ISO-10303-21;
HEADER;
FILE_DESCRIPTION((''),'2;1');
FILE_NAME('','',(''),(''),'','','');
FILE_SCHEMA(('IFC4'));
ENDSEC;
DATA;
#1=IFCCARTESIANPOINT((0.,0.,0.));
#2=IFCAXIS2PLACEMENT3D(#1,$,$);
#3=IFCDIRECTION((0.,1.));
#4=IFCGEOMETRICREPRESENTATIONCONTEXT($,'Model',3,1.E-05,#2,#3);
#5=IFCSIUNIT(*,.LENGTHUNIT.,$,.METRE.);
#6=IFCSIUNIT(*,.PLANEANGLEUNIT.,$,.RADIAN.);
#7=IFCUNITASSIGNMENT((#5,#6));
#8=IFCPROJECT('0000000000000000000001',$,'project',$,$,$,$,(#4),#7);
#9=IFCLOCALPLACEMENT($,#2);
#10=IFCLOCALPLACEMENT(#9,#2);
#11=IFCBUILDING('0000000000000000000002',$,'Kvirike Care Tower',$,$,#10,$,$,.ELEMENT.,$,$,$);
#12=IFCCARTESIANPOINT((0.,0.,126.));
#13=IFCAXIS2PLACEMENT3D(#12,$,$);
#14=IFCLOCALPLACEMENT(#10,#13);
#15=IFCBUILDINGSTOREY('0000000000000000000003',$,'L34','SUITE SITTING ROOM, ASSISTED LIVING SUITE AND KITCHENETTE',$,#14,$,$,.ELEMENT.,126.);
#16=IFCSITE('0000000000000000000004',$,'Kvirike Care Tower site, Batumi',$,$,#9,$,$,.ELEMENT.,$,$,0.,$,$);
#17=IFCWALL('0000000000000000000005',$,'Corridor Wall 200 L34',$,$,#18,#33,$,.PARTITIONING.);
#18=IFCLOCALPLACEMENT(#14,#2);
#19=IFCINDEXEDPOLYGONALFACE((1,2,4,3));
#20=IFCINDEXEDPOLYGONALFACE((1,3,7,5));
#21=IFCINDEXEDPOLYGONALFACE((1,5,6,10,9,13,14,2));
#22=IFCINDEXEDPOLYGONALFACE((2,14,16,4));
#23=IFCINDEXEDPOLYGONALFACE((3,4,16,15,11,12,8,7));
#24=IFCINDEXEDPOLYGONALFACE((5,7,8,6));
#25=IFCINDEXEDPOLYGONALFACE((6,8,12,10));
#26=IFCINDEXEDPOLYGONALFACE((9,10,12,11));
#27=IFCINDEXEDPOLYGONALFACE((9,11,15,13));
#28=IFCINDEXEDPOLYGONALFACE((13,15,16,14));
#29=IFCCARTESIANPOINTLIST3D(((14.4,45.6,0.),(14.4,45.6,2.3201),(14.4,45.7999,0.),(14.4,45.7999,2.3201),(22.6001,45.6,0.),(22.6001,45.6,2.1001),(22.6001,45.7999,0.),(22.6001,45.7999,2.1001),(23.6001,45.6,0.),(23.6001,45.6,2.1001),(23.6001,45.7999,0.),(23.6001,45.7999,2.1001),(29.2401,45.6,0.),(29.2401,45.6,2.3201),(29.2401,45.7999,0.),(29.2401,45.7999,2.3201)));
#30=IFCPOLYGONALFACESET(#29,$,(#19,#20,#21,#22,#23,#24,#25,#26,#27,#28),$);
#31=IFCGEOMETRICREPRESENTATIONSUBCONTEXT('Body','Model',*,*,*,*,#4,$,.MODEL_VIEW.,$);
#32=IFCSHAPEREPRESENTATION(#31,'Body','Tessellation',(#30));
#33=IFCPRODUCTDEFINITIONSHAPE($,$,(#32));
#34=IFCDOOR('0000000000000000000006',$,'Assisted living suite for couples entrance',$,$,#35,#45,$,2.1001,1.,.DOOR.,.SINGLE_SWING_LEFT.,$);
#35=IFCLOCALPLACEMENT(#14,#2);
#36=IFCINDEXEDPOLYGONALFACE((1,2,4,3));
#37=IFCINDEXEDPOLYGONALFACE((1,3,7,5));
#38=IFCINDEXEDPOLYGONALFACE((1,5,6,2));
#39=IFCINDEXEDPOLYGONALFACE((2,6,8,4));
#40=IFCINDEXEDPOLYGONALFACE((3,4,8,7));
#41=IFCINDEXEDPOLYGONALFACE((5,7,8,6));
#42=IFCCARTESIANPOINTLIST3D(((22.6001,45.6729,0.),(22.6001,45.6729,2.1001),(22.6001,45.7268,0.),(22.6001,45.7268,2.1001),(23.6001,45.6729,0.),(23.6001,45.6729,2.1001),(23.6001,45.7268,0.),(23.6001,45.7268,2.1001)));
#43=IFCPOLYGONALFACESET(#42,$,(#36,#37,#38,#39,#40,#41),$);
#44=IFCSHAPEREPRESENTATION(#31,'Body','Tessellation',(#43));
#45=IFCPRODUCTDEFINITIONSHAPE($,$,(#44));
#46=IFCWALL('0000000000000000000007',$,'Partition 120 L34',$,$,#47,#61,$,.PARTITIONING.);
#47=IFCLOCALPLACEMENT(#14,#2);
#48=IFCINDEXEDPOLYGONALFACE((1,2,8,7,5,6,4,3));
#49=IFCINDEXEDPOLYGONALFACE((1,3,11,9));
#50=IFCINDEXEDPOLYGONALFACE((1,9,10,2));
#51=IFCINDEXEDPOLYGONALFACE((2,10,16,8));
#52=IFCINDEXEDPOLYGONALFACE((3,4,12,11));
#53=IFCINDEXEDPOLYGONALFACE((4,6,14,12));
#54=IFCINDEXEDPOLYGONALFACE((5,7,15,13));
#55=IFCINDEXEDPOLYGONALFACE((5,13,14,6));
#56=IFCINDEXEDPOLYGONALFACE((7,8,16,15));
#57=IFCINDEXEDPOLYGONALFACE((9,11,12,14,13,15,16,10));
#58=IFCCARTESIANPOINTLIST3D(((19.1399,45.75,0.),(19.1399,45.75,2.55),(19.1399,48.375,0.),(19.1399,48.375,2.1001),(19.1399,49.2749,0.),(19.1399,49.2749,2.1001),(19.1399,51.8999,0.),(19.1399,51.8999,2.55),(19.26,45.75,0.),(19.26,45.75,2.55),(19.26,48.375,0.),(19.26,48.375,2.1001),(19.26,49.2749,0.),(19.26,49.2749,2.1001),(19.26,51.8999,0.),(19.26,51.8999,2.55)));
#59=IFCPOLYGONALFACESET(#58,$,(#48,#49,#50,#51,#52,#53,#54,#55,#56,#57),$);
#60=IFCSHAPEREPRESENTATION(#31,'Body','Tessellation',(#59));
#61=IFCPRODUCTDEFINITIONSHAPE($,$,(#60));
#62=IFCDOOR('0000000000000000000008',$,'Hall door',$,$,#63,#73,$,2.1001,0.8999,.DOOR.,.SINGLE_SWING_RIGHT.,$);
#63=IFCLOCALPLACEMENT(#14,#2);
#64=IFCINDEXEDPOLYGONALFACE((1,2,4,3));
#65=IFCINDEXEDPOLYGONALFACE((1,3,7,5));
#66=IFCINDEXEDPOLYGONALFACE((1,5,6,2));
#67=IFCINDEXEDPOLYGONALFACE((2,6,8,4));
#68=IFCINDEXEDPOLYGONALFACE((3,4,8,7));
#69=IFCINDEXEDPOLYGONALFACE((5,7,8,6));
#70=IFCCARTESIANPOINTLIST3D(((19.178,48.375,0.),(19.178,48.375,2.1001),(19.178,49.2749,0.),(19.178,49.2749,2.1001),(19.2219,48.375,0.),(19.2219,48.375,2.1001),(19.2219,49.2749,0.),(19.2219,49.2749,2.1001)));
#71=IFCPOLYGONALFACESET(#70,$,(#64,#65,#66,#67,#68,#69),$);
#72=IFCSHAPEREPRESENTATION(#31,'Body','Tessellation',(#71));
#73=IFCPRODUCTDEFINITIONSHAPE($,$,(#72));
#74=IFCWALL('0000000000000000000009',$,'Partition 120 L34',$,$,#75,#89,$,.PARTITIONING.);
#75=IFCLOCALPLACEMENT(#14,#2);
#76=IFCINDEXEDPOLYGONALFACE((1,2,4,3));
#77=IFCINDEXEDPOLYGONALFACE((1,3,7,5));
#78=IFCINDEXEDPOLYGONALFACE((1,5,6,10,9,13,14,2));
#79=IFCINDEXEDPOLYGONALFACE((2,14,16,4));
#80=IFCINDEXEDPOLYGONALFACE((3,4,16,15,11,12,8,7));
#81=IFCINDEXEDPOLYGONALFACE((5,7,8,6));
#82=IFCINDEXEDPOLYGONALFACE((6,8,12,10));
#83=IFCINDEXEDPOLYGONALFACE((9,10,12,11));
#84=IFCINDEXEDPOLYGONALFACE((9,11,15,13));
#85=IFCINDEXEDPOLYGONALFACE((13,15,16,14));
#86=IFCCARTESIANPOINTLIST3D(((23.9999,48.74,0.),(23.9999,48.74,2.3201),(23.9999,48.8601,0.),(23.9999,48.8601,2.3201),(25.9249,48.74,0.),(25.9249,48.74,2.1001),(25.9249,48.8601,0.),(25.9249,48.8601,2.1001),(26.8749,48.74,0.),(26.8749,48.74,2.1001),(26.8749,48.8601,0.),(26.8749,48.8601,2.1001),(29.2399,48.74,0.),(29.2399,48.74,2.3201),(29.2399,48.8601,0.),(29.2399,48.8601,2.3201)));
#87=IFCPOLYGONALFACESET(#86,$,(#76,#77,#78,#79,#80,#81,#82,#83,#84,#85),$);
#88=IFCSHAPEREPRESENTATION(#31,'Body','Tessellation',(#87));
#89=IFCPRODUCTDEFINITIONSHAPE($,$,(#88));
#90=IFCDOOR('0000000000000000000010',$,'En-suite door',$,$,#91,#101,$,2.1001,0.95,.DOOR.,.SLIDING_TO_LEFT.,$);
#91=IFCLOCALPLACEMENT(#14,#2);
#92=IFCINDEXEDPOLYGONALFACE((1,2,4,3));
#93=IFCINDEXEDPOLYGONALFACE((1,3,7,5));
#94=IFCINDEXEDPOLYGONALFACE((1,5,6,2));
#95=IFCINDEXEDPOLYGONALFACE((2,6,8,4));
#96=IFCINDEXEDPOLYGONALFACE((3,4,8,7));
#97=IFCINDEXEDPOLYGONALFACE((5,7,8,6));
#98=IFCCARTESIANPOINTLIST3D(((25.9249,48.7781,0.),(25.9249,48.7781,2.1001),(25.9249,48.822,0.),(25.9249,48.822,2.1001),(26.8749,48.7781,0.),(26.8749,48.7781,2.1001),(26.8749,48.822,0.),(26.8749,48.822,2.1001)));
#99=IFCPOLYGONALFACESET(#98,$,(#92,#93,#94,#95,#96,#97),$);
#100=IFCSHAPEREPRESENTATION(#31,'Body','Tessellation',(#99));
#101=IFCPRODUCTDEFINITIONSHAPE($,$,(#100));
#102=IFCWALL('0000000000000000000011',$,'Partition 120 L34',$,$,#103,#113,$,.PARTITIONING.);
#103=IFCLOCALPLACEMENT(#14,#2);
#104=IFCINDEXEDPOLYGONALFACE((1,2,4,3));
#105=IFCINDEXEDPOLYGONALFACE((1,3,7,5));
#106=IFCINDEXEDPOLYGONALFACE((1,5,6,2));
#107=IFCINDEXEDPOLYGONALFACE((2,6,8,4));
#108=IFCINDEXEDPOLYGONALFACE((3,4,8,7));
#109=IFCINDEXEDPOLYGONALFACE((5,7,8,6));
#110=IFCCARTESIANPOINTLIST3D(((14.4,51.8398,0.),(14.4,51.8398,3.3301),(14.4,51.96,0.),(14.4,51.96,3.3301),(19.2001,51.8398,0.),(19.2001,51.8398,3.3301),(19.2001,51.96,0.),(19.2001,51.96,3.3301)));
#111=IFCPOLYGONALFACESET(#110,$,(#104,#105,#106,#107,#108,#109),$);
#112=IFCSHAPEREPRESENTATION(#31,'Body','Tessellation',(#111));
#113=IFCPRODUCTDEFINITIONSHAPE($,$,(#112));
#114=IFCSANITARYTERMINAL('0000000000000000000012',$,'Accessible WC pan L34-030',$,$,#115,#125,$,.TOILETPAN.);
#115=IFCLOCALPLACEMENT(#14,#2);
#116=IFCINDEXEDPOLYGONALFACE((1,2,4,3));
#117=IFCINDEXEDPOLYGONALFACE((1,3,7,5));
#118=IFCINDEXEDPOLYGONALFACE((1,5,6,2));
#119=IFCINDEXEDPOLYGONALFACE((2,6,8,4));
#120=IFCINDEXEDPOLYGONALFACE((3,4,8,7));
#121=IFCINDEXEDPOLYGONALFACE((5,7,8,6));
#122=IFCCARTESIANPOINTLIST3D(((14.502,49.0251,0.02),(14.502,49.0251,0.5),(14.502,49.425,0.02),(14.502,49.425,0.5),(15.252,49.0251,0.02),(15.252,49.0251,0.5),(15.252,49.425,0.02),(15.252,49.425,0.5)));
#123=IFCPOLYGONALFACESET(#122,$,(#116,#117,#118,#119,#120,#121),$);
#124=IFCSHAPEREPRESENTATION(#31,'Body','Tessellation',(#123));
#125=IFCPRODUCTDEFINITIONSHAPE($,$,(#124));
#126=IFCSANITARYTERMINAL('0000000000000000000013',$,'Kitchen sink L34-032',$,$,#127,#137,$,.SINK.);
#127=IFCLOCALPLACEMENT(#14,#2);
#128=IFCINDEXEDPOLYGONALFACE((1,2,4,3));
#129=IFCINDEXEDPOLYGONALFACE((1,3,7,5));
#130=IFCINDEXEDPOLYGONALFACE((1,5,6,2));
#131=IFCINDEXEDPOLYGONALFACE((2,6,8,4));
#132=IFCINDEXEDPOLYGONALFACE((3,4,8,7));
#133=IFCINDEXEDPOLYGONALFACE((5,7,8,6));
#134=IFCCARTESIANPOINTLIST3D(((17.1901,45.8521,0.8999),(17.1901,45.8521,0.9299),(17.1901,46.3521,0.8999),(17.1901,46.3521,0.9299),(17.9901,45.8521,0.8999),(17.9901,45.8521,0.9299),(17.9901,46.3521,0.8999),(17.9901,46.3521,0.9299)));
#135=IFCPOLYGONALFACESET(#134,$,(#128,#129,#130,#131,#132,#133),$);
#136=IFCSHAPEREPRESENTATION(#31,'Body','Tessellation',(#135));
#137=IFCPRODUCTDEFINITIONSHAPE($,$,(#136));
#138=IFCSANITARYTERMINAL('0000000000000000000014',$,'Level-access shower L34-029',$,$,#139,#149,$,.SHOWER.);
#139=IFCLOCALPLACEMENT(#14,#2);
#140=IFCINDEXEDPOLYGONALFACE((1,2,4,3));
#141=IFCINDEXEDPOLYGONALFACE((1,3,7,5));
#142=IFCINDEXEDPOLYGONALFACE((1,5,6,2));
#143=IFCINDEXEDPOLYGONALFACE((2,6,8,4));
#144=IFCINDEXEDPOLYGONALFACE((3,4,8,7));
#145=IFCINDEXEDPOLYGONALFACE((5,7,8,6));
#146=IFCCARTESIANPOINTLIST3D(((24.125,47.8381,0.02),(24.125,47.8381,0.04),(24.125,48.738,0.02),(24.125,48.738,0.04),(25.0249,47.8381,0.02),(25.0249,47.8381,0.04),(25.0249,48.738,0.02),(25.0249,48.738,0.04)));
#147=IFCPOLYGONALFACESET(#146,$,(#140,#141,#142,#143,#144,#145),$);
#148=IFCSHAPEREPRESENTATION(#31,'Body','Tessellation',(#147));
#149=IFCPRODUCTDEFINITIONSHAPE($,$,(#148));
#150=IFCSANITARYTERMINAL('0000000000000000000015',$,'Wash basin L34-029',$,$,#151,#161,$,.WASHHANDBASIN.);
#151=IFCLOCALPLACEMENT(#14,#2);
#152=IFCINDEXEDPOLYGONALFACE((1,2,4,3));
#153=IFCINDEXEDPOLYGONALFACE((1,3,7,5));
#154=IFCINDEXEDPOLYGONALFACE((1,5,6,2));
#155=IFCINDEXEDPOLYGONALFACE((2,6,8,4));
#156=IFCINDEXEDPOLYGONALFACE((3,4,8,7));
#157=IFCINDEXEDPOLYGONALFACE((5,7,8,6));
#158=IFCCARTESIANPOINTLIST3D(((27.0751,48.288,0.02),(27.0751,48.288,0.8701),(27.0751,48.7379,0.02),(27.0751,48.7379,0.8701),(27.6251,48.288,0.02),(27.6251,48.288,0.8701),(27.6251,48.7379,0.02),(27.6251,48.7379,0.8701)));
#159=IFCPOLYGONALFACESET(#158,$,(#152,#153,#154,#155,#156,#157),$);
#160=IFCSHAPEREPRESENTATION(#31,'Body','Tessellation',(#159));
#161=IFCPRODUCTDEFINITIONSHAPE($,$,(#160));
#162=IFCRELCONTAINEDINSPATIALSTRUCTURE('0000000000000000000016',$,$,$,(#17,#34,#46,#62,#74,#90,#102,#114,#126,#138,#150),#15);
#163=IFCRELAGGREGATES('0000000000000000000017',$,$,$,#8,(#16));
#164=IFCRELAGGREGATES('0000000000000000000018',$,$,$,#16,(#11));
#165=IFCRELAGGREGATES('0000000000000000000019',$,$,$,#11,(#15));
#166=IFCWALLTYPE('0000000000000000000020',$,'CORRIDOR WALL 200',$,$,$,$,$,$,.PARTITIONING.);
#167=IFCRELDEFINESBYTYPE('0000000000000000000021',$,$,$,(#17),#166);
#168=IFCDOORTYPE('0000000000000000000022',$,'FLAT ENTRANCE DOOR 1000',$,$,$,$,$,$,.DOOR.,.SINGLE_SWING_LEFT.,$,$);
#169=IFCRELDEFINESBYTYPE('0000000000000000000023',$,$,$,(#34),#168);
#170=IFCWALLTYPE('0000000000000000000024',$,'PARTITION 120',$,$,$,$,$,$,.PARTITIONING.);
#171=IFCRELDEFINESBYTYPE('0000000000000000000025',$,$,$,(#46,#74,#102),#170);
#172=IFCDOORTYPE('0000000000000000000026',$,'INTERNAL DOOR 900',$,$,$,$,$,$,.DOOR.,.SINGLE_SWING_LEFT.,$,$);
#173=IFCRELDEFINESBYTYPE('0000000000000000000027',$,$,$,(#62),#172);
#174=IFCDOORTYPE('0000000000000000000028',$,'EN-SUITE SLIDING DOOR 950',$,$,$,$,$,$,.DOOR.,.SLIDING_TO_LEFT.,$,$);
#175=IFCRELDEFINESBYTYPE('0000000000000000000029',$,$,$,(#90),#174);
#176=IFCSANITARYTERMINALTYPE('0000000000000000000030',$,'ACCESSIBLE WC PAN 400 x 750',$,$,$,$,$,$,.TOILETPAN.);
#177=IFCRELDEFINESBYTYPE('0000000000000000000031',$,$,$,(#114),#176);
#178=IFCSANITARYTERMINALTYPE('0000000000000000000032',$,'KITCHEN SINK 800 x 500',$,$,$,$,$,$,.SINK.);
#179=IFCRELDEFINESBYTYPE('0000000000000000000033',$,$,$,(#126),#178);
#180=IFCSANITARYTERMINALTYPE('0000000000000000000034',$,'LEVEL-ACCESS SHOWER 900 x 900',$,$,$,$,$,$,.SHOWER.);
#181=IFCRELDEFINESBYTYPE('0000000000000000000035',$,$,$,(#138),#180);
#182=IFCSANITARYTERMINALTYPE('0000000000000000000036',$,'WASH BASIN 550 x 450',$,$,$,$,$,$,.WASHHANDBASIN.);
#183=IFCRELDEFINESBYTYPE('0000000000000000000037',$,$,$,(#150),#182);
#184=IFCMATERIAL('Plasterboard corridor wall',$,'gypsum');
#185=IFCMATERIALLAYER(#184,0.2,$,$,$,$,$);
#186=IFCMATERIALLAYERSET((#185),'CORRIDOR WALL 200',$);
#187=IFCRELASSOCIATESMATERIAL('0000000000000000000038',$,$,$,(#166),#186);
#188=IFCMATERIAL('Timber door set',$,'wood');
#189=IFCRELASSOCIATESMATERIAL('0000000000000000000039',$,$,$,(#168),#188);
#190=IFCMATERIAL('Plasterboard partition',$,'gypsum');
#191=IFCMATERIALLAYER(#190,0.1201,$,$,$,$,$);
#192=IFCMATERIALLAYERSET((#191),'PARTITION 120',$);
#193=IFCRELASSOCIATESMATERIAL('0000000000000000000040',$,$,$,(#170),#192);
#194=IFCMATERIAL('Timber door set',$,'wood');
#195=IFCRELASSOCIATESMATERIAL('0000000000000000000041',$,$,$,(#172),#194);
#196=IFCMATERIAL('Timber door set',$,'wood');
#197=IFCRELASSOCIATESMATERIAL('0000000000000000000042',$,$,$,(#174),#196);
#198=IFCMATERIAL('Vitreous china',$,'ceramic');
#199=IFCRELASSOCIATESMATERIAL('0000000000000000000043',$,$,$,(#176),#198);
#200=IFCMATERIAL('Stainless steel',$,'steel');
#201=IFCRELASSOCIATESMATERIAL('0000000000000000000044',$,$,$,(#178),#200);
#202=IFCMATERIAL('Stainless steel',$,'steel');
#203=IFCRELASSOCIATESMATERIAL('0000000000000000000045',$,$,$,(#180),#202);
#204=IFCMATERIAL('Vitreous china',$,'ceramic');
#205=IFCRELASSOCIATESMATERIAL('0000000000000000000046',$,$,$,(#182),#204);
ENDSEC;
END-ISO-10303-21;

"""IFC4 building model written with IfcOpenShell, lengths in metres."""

from ifc_helpers import new_model, si_unit, direction, frame, frame_2d, origin, origin_2d, place, context, subcontext, project, spatial, rectangle, extrude, material, layer, layer_set, type_object, element, fill, save


model = new_model("IFC4")

# Units and contexts
model_context = context("Model", 3, precision=1e-05, world=origin(), true_north=direction((0.0, 1.0)))
body_context = subcontext(model_context, "Body", "Model", "MODEL_VIEW")
ifc_project = project(units=[si_unit("LENGTHUNIT", "METRE"), si_unit("PLANEANGLEUNIT", "RADIAN")], contexts=[model_context])

# Site, building, storey
site_placement = place(None, origin())
site = spatial("IfcSite", under=ifc_project, at=site_placement, Name="Kvirike Care Tower site, Batumi", CompositionType="ELEMENT", RefElevation=0.0)
building_placement = place(site_placement, origin())
building = spatial("IfcBuilding", under=site, at=building_placement, Name="Kvirike Care Tower", CompositionType="ELEMENT")
storey_placement = place(building_placement, frame((0.0, 0.0, 126.0)))
storey = spatial("IfcBuildingStorey", under=building, at=storey_placement, Name="L34", Description="SUITE SITTING ROOM, ASSISTED LIVING SUITE AND KITCHENETTE", CompositionType="ELEMENT", Elevation=126.0)

# Walls, openings, doors
ifc_material_1 = material(Name="Plasterboard corridor wall", Category="gypsum")
ifc_layer_1 = layer(ifc_material_1, 0.2)
ifc_layer_set_1 = layer_set([ifc_layer_1], Name="CORRIDOR WALL 200")
wall_type_1 = type_object("IfcWallType", Name="CORRIDOR WALL 200", PredefinedType="PARTITIONING", material=ifc_layer_set_1)
wall_1_placement = place(storey_placement, frame((29.24, 45.7, 0.0), z_axis=(0.0, 0.0, 1.0), x_axis=(-1.0, 0.0, 0.0)))
wall_1 = element("IfcWall", 1, at=wall_1_placement, inside=storey, type_object=wall_type_1, Name="Corridor Wall 200 L34", PredefinedType="PARTITIONING", context=body_context, shape_type="SweptSolid", body=[
    extrude(rectangle(XDim=14.8401, YDim=0.2, at=frame_2d((7.4199, 0.0))), origin(), (0.0, 0.0, 1.0), 2.3201),
])
opening_1_placement = place(wall_1_placement, frame((5.6399, 0.0, 0.0)))
opening_1 = element("IfcOpeningElement", 2, at=opening_1_placement, cuts=wall_1, PredefinedType="OPENING", context=body_context, shape_type="SweptSolid", body=[
    extrude(rectangle(XDim=1.0, YDim=2.1001, at=frame_2d((0.5, 1.05))), frame((0.0, 0.1106, 0.0), z_axis=(0.0, -1.0, 0.0), x_axis=(1.0, 0.0, 0.0)), (0.0, 0.0, 1.0), 0.2209),
])
ifc_material_2 = material(Name="Timber door set", Category="wood")
door_type_1 = type_object("IfcDoorType", Name="FLAT ENTRANCE DOOR 1000", OperationType="SINGLE_SWING_LEFT", PredefinedType="DOOR", material=ifc_material_2)
door_1_placement = place(opening_1_placement, frame((1.0, 0.0, 0.0), z_axis=(0.0, 0.0, 1.0), x_axis=(-1.0, 0.0, 0.0)))
door_1 = element("IfcDoor", 3, at=door_1_placement, inside=storey, type_object=door_type_1, Name="Assisted living suite for couples entrance", OperationType="SINGLE_SWING_LEFT", OverallHeight=2.1001, OverallWidth=1.0, PredefinedType="DOOR", context=body_context, shape_type="SweptSolid", body=[
    extrude(rectangle(XDim=1.0, YDim=2.1001, at=frame_2d((0.5, 1.05))), frame((0.0, 0.0269, 0.0), z_axis=(0.0, -1.0, 0.0), x_axis=(1.0, 0.0, 0.0)), (0.0, 0.0, 1.0), 0.054),
])
fill(opening_1, door_1)
ifc_material_3 = material(Name="Plasterboard partition", Category="gypsum")
ifc_layer_2 = layer(ifc_material_3, 0.1201)
ifc_layer_set_2 = layer_set([ifc_layer_2], Name="PARTITION 120")
wall_type_2 = type_object("IfcWallType", Name="PARTITION 120", PredefinedType="PARTITIONING", material=ifc_layer_set_2)
wall_2_placement = place(storey_placement, frame((19.2, 51.8999, 0.0), z_axis=(0.0, 0.0, 1.0), x_axis=(0.0, -1.0, 0.0)))
wall_2 = element("IfcWall", 4, at=wall_2_placement, inside=storey, type_object=wall_type_2, Name="Partition 120 L34", PredefinedType="PARTITIONING", context=body_context, shape_type="SweptSolid", body=[
    extrude(rectangle(XDim=6.1499, YDim=0.1201, at=frame_2d((3.075, 0.0))), origin(), (0.0, 0.0, 1.0), 2.55),
])
opening_2_placement = place(wall_2_placement, frame((2.625, 0.0, 0.0)))
opening_2 = element("IfcOpeningElement", 5, at=opening_2_placement, cuts=wall_2, PredefinedType="OPENING", context=body_context, shape_type="SweptSolid", body=[
    extrude(rectangle(XDim=0.8999, YDim=2.1001, at=frame_2d((0.45, 1.05))), frame((0.0, 0.0706, 0.0), z_axis=(0.0, -1.0, 0.0), x_axis=(1.0, 0.0, 0.0)), (0.0, 0.0, 1.0), 0.1411),
])
ifc_material_4 = material(Name="Timber door set", Category="wood")
door_type_2 = type_object("IfcDoorType", Name="INTERNAL DOOR 900", OperationType="SINGLE_SWING_LEFT", PredefinedType="DOOR", material=ifc_material_4)
door_2_placement = place(opening_2_placement, frame((0.8999, 0.0, 0.0), z_axis=(0.0, 0.0, 1.0), x_axis=(-1.0, 0.0, 0.0)))
door_2 = element("IfcDoor", 6, at=door_2_placement, inside=storey, type_object=door_type_2, Name="Hall door", OperationType="SINGLE_SWING_RIGHT", OverallHeight=2.1001, OverallWidth=0.8999, PredefinedType="DOOR", context=body_context, shape_type="SweptSolid", body=[
    extrude(rectangle(XDim=0.8999, YDim=2.1001, at=frame_2d((0.45, 1.05))), frame((0.0, 0.022, 0.0), z_axis=(0.0, -1.0, 0.0), x_axis=(1.0, 0.0, 0.0)), (0.0, 0.0, 1.0), 0.0439),
])
fill(opening_2, door_2)
wall_3_placement = place(storey_placement, frame((29.24, 48.8, 0.0), z_axis=(0.0, 0.0, 1.0), x_axis=(-1.0, 0.0, 0.0)))
wall_3 = element("IfcWall", 7, at=wall_3_placement, inside=storey, type_object=wall_type_2, Name="Partition 120 L34", PredefinedType="PARTITIONING", context=body_context, shape_type="SweptSolid", body=[
    extrude(rectangle(XDim=5.24, YDim=0.1201, at=frame_2d((2.6201, 0.0))), origin(), (0.0, 0.0, 1.0), 2.3201),
])
opening_3_placement = place(wall_3_placement, frame((2.365, 0.0, 0.0)))
opening_3 = element("IfcOpeningElement", 8, at=opening_3_placement, cuts=wall_3, PredefinedType="OPENING", context=body_context, shape_type="SweptSolid", body=[
    extrude(rectangle(XDim=0.95, YDim=2.1001, at=frame_2d((0.4751, 1.05))), frame((0.0, 0.0706, 0.0), z_axis=(0.0, -1.0, 0.0), x_axis=(1.0, 0.0, 0.0)), (0.0, 0.0, 1.0), 0.1411),
])
ifc_material_5 = material(Name="Timber door set", Category="wood")
door_type_3 = type_object("IfcDoorType", Name="EN-SUITE SLIDING DOOR 950", OperationType="SLIDING_TO_LEFT", PredefinedType="DOOR", material=ifc_material_5)
door_3_placement = place(opening_3_placement, origin())
door_3 = element("IfcDoor", 9, at=door_3_placement, inside=storey, type_object=door_type_3, Name="En-suite door", OperationType="SLIDING_TO_LEFT", OverallHeight=2.1001, OverallWidth=0.95, PredefinedType="DOOR", context=body_context, shape_type="SweptSolid", body=[
    extrude(rectangle(XDim=0.95, YDim=2.1001, at=frame_2d((0.4751, 1.05))), frame((0.0, 0.022, 0.0), z_axis=(0.0, -1.0, 0.0), x_axis=(1.0, 0.0, 0.0)), (0.0, 0.0, 1.0), 0.0439),
])
fill(opening_3, door_3)

# Wall
wall_4_placement = place(storey_placement, frame((19.2, 51.8999, 0.0), z_axis=(0.0, 0.0, 1.0), x_axis=(-1.0, 0.0, 0.0)))
element("IfcWall", 10, at=wall_4_placement, inside=storey, type_object=wall_type_2, Name="Partition 120 L34", PredefinedType="PARTITIONING", context=body_context, shape_type="SweptSolid", body=[
    extrude(rectangle(XDim=4.8, YDim=0.1201, at=frame_2d((2.3999, 0.0))), origin(), (0.0, 0.0, 1.0), 3.3301),
])

# Sanitary terminals
ifc_material_6 = material(Name="Vitreous china", Category="ceramic")
sanitary_terminal_type_1 = type_object("IfcSanitaryTerminalType", Name="ACCESSIBLE WC PAN 400 x 750", PredefinedType="TOILETPAN", material=ifc_material_6)
sanitary_terminal_1_placement = place(storey_placement, frame((14.877, 49.2251, 0.02), z_axis=(0.0, 0.0, 1.0), x_axis=(0.0, 1.0, 0.0)))
element("IfcSanitaryTerminal", 11, at=sanitary_terminal_1_placement, inside=storey, type_object=sanitary_terminal_type_1, Name="Accessible WC pan L34-030", PredefinedType="TOILETPAN", context=body_context, shape_type="SweptSolid", body=[
    extrude(rectangle(XDim=0.3999, YDim=0.75, at=origin_2d()), origin(), (0.0, 0.0, 1.0), 0.48),
])
ifc_material_7 = material(Name="Stainless steel", Category="steel")
sanitary_terminal_type_2 = type_object("IfcSanitaryTerminalType", Name="KITCHEN SINK 800 x 500", PredefinedType="SINK", material=ifc_material_7)
sanitary_terminal_2_placement = place(storey_placement, frame((17.5901, 46.1021, 0.8999), z_axis=(0.0, 0.0, 1.0), x_axis=(-1.0, 0.0, 0.0)))
element("IfcSanitaryTerminal", 12, at=sanitary_terminal_2_placement, inside=storey, type_object=sanitary_terminal_type_2, Name="Kitchen sink L34-032", PredefinedType="SINK", context=body_context, shape_type="SweptSolid", body=[
    extrude(rectangle(XDim=0.8, YDim=0.5, at=origin_2d()), origin(), (0.0, 0.0, 1.0), 0.03),
])
ifc_material_8 = material(Name="Stainless steel", Category="steel")
sanitary_terminal_type_3 = type_object("IfcSanitaryTerminalType", Name="LEVEL-ACCESS SHOWER 900 x 900", PredefinedType="SHOWER", material=ifc_material_8)
sanitary_terminal_3_placement = place(storey_placement, frame((24.575, 48.2881, 0.02), z_axis=(0.0, 0.0, 1.0), x_axis=(1.0, 0.0, 0.0)))
element("IfcSanitaryTerminal", 13, at=sanitary_terminal_3_placement, inside=storey, type_object=sanitary_terminal_type_3, Name="Level-access shower L34-029", PredefinedType="SHOWER", context=body_context, shape_type="SweptSolid", body=[
    extrude(rectangle(XDim=0.8999, YDim=0.8999, at=origin_2d()), origin(), (0.0, 0.0, 1.0), 0.02),
])
ifc_material_9 = material(Name="Vitreous china", Category="ceramic")
sanitary_terminal_type_4 = type_object("IfcSanitaryTerminalType", Name="WASH BASIN 550 x 450", PredefinedType="WASHHANDBASIN", material=ifc_material_9)
sanitary_terminal_4_placement = place(storey_placement, frame((27.3501, 48.5129, 0.02), z_axis=(0.0, 0.0, 1.0), x_axis=(1.0, 0.0, 0.0)))
element("IfcSanitaryTerminal", 14, at=sanitary_terminal_4_placement, inside=storey, type_object=sanitary_terminal_type_4, Name="Wash basin L34-029", PredefinedType="WASHHANDBASIN", context=body_context, shape_type="SweptSolid", body=[
    extrude(rectangle(XDim=0.55, YDim=0.45, at=origin_2d()), origin(), (0.0, 0.0, 1.0), 0.8501),
])

save(model, "model.ifc")
